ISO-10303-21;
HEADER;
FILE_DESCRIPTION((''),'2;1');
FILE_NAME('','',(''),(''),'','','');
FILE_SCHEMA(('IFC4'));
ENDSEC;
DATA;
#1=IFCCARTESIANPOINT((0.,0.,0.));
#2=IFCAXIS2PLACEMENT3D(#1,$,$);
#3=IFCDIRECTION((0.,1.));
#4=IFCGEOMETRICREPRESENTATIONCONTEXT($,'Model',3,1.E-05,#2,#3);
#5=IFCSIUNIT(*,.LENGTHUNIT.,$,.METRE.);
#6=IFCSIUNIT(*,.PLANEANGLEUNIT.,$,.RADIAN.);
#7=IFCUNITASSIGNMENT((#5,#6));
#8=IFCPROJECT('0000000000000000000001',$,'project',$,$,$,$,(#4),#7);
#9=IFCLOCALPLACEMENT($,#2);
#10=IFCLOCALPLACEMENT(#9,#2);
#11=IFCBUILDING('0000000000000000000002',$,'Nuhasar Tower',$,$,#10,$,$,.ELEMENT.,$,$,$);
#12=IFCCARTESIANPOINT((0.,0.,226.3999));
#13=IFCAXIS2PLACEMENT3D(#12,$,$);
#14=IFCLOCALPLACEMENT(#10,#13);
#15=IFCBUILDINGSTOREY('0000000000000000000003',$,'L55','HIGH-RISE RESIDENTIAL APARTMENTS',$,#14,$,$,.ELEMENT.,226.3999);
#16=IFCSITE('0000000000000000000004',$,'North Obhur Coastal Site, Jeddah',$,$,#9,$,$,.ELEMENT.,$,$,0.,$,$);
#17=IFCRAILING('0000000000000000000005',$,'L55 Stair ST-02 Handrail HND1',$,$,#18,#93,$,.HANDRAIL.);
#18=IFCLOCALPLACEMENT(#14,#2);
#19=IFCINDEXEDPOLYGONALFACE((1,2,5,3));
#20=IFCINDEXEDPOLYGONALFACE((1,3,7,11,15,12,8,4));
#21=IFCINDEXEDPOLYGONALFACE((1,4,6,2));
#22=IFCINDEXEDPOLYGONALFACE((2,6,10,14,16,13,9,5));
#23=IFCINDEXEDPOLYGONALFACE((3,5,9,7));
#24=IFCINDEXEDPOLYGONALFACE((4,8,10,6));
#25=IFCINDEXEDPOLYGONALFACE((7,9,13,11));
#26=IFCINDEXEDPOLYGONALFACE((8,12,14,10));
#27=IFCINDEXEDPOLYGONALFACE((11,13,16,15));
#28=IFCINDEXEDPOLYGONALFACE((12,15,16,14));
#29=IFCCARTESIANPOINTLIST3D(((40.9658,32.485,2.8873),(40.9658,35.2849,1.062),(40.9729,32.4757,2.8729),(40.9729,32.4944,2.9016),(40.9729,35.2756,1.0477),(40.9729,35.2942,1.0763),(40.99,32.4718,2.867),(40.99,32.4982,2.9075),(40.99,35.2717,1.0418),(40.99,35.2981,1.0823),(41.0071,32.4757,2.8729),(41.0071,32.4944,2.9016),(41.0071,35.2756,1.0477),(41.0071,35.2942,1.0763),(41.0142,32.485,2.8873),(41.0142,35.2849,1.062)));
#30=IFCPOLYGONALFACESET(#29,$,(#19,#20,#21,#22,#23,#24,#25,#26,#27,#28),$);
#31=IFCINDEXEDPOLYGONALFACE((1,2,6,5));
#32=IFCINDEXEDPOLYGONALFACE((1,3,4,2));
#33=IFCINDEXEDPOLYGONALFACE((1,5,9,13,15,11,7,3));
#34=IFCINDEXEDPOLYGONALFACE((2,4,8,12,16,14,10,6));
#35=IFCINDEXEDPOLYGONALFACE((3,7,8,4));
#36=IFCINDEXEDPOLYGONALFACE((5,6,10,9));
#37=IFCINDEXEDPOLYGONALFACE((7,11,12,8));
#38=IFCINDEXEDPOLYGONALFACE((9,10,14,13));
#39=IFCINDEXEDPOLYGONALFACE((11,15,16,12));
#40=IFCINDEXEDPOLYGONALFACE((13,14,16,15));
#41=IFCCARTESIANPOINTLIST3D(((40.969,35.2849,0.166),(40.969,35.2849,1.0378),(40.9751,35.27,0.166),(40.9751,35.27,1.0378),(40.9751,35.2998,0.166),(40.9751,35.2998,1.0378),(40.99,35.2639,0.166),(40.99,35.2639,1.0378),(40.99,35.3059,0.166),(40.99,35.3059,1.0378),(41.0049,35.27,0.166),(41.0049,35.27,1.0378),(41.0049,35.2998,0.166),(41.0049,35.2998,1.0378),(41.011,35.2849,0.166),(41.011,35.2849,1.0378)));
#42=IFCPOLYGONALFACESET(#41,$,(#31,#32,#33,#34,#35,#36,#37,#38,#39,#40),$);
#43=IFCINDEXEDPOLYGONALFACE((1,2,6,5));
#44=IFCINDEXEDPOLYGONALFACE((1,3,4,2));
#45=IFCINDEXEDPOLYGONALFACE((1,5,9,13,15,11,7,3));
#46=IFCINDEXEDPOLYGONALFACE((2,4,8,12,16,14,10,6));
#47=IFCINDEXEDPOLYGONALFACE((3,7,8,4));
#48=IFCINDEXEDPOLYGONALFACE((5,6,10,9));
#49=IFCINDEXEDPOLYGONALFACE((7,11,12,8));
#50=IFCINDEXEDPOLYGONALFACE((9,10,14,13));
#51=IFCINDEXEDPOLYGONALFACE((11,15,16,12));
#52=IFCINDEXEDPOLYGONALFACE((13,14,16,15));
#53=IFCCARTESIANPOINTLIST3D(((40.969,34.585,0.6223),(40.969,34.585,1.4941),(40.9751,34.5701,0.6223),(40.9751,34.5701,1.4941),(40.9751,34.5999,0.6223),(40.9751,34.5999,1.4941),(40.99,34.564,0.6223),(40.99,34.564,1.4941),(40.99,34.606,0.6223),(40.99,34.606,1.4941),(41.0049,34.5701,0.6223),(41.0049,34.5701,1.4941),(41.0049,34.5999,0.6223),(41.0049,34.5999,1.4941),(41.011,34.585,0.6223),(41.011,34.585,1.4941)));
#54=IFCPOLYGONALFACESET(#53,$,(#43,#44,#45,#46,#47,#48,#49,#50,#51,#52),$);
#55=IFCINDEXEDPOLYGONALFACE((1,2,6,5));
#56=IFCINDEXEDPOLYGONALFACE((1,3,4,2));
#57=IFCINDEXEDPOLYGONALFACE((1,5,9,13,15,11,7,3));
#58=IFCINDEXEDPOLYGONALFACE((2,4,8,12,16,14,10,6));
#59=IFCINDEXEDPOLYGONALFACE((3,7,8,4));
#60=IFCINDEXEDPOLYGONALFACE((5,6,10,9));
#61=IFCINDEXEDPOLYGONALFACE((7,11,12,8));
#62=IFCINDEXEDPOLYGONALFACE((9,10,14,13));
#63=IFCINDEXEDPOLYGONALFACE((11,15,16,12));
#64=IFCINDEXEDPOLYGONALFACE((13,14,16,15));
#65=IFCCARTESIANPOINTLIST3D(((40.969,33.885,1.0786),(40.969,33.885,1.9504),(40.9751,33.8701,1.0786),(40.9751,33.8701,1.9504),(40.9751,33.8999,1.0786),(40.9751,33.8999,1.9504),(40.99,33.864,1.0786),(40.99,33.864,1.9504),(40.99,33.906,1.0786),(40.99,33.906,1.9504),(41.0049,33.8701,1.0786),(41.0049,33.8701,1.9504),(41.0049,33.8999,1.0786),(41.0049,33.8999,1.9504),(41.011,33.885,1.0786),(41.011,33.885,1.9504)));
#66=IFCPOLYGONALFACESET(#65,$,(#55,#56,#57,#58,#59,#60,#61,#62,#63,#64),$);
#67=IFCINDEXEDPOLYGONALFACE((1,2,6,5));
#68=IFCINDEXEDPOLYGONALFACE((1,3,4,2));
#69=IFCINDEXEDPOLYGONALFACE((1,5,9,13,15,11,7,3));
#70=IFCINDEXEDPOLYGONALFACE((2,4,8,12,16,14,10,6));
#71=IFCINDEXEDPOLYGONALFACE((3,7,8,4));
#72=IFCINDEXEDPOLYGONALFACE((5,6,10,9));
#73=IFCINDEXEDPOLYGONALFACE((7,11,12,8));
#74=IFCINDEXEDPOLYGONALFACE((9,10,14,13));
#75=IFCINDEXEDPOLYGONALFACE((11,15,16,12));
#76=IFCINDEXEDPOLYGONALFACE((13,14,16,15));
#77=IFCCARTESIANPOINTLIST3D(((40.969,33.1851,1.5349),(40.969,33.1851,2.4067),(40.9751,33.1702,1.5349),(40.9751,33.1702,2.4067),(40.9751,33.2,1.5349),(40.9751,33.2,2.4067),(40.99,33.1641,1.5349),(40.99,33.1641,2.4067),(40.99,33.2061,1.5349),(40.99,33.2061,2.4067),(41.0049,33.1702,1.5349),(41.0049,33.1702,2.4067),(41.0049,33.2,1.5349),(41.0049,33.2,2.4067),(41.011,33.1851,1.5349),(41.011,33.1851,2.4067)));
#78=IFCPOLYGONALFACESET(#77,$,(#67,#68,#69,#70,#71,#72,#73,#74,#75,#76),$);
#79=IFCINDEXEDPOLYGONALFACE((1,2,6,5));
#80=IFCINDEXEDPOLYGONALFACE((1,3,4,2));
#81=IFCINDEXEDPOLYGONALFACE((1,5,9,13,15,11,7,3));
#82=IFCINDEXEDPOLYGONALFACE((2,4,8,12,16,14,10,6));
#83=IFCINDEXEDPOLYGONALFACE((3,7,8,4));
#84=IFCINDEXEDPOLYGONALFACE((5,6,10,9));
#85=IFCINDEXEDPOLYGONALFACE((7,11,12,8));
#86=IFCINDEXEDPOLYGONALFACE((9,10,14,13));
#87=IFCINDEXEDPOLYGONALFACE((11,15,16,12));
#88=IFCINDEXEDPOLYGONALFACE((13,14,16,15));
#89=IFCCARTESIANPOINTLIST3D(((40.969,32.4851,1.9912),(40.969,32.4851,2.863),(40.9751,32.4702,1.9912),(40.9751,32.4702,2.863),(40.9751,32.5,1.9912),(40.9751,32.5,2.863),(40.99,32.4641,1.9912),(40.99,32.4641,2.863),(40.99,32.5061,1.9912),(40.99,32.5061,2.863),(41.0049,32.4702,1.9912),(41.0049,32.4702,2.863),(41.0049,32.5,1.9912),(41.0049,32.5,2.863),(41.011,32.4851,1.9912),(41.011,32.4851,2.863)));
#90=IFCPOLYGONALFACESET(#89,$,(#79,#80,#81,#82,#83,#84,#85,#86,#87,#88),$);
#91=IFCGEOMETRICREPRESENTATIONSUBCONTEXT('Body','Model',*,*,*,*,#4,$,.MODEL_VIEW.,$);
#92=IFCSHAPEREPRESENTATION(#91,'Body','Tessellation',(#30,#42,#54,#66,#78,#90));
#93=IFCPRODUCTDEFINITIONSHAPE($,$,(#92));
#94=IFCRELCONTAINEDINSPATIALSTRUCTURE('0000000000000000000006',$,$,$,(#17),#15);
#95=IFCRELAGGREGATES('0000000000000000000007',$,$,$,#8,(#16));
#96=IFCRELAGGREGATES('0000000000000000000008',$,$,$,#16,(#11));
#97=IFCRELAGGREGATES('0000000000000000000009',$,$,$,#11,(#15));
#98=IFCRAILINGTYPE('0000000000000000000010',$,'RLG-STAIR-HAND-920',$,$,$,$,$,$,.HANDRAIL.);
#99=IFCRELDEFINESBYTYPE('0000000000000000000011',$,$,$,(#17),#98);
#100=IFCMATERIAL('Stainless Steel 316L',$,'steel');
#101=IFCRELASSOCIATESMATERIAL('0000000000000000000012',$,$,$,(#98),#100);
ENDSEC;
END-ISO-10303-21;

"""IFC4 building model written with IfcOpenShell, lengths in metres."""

from ifc_helpers import new_model, si_unit, direction, frame, origin, place, context, subcontext, project, spatial, polyline, outline, extrude, material, type_object, element, save


model = new_model("IFC4")

# Units and contexts
model_context = context("Model", 3, precision=1e-05, world=origin(), true_north=direction((0.0, 1.0)))
body_context = subcontext(model_context, "Body", "Model", "MODEL_VIEW")
ifc_project = project(units=[si_unit("LENGTHUNIT", "METRE"), si_unit("PLANEANGLEUNIT", "RADIAN")], contexts=[model_context])

# Site, building, storey
site_placement = place(None, origin())
site = spatial("IfcSite", under=ifc_project, at=site_placement, Name="North Obhur Coastal Site, Jeddah", CompositionType="ELEMENT", RefElevation=0.0)
building_placement = place(site_placement, origin())
building = spatial("IfcBuilding", under=site, at=building_placement, Name="Nuhasar Tower", CompositionType="ELEMENT")
storey_placement = place(building_placement, frame((0.0, 0.0, 226.3999)))
storey = spatial("IfcBuildingStorey", under=building, at=storey_placement, Name="L55", Description="HIGH-RISE RESIDENTIAL APARTMENTS", CompositionType="ELEMENT", Elevation=226.3999)

# Railing
ifc_material_1 = material(Name="Stainless Steel 316L", Category="steel")
railing_type_1 = type_object("IfcRailingType", Name="RLG-STAIR-HAND-920", PredefinedType="HANDRAIL", material=ifc_material_1)
railing_1_placement = place(storey_placement, frame((40.99, 35.2849, 0.166)))
element("IfcRailing", 1, at=railing_1_placement, inside=storey, type_object=railing_type_1, Name="L55 Stair ST-02 Handrail HND1", PredefinedType="HANDRAIL", context=body_context, shape_type="SweptSolid", body=[
    extrude(outline(polyline([(0.0242, 0.0), (0.0171, 0.0171), (0.0, 0.0242), (-0.0171, 0.0171), (-0.0242, 0.0), (-0.0171, -0.0171), (0.0, -0.0242), (0.0171, -0.0171), (0.0242, 0.0)])), frame((0.0, 0.0, 0.896), z_axis=(0.0, -0.837715, 0.546107), x_axis=(1.0, 0.0, 0.0)), (0.0, 0.0, 1.0), 3.3423),
    extrude(outline(polyline([(0.021, 0.0), (0.0149, 0.0149), (0.0, 0.021), (-0.0149, 0.0149), (-0.021, 0.0), (-0.0149, -0.0149), (0.0, -0.021), (0.0149, -0.0149), (0.021, 0.0)])), origin(), (0.0, 0.0, 1.0), 0.8718),
    extrude(outline(polyline([(0.021, 0.0), (0.0149, 0.0149), (0.0, 0.021), (-0.0149, 0.0149), (-0.021, 0.0), (-0.0149, -0.0149), (0.0, -0.021), (0.0149, -0.0149), (0.021, 0.0)])), frame((0.0, -0.7, 0.4563)), (0.0, 0.0, 1.0), 0.8718),
    extrude(outline(polyline([(0.021, 0.0), (0.0149, 0.0149), (0.0, 0.021), (-0.0149, 0.0149), (-0.021, 0.0), (-0.0149, -0.0149), (0.0, -0.021), (0.0149, -0.0149), (0.021, 0.0)])), frame((0.0, -1.3999, 0.9126)), (0.0, 0.0, 1.0), 0.8718),
    extrude(outline(polyline([(0.021, 0.0), (0.0149, 0.0149), (0.0, 0.021), (-0.0149, 0.0149), (-0.021, 0.0), (-0.0149, -0.0149), (0.0, -0.021), (0.0149, -0.0149), (0.021, 0.0)])), frame((0.0, -2.0999, 1.3689)), (0.0, 0.0, 1.0), 0.8718),
    extrude(outline(polyline([(0.021, 0.0), (0.0149, 0.0149), (0.0, 0.021), (-0.0149, 0.0149), (-0.021, 0.0), (-0.0149, -0.0149), (0.0, -0.021), (0.0149, -0.0149), (0.021, 0.0)])), frame((0.0, -2.7998, 1.8252)), (0.0, 0.0, 1.0), 0.8718),
])

save(model, "model.ifc")
